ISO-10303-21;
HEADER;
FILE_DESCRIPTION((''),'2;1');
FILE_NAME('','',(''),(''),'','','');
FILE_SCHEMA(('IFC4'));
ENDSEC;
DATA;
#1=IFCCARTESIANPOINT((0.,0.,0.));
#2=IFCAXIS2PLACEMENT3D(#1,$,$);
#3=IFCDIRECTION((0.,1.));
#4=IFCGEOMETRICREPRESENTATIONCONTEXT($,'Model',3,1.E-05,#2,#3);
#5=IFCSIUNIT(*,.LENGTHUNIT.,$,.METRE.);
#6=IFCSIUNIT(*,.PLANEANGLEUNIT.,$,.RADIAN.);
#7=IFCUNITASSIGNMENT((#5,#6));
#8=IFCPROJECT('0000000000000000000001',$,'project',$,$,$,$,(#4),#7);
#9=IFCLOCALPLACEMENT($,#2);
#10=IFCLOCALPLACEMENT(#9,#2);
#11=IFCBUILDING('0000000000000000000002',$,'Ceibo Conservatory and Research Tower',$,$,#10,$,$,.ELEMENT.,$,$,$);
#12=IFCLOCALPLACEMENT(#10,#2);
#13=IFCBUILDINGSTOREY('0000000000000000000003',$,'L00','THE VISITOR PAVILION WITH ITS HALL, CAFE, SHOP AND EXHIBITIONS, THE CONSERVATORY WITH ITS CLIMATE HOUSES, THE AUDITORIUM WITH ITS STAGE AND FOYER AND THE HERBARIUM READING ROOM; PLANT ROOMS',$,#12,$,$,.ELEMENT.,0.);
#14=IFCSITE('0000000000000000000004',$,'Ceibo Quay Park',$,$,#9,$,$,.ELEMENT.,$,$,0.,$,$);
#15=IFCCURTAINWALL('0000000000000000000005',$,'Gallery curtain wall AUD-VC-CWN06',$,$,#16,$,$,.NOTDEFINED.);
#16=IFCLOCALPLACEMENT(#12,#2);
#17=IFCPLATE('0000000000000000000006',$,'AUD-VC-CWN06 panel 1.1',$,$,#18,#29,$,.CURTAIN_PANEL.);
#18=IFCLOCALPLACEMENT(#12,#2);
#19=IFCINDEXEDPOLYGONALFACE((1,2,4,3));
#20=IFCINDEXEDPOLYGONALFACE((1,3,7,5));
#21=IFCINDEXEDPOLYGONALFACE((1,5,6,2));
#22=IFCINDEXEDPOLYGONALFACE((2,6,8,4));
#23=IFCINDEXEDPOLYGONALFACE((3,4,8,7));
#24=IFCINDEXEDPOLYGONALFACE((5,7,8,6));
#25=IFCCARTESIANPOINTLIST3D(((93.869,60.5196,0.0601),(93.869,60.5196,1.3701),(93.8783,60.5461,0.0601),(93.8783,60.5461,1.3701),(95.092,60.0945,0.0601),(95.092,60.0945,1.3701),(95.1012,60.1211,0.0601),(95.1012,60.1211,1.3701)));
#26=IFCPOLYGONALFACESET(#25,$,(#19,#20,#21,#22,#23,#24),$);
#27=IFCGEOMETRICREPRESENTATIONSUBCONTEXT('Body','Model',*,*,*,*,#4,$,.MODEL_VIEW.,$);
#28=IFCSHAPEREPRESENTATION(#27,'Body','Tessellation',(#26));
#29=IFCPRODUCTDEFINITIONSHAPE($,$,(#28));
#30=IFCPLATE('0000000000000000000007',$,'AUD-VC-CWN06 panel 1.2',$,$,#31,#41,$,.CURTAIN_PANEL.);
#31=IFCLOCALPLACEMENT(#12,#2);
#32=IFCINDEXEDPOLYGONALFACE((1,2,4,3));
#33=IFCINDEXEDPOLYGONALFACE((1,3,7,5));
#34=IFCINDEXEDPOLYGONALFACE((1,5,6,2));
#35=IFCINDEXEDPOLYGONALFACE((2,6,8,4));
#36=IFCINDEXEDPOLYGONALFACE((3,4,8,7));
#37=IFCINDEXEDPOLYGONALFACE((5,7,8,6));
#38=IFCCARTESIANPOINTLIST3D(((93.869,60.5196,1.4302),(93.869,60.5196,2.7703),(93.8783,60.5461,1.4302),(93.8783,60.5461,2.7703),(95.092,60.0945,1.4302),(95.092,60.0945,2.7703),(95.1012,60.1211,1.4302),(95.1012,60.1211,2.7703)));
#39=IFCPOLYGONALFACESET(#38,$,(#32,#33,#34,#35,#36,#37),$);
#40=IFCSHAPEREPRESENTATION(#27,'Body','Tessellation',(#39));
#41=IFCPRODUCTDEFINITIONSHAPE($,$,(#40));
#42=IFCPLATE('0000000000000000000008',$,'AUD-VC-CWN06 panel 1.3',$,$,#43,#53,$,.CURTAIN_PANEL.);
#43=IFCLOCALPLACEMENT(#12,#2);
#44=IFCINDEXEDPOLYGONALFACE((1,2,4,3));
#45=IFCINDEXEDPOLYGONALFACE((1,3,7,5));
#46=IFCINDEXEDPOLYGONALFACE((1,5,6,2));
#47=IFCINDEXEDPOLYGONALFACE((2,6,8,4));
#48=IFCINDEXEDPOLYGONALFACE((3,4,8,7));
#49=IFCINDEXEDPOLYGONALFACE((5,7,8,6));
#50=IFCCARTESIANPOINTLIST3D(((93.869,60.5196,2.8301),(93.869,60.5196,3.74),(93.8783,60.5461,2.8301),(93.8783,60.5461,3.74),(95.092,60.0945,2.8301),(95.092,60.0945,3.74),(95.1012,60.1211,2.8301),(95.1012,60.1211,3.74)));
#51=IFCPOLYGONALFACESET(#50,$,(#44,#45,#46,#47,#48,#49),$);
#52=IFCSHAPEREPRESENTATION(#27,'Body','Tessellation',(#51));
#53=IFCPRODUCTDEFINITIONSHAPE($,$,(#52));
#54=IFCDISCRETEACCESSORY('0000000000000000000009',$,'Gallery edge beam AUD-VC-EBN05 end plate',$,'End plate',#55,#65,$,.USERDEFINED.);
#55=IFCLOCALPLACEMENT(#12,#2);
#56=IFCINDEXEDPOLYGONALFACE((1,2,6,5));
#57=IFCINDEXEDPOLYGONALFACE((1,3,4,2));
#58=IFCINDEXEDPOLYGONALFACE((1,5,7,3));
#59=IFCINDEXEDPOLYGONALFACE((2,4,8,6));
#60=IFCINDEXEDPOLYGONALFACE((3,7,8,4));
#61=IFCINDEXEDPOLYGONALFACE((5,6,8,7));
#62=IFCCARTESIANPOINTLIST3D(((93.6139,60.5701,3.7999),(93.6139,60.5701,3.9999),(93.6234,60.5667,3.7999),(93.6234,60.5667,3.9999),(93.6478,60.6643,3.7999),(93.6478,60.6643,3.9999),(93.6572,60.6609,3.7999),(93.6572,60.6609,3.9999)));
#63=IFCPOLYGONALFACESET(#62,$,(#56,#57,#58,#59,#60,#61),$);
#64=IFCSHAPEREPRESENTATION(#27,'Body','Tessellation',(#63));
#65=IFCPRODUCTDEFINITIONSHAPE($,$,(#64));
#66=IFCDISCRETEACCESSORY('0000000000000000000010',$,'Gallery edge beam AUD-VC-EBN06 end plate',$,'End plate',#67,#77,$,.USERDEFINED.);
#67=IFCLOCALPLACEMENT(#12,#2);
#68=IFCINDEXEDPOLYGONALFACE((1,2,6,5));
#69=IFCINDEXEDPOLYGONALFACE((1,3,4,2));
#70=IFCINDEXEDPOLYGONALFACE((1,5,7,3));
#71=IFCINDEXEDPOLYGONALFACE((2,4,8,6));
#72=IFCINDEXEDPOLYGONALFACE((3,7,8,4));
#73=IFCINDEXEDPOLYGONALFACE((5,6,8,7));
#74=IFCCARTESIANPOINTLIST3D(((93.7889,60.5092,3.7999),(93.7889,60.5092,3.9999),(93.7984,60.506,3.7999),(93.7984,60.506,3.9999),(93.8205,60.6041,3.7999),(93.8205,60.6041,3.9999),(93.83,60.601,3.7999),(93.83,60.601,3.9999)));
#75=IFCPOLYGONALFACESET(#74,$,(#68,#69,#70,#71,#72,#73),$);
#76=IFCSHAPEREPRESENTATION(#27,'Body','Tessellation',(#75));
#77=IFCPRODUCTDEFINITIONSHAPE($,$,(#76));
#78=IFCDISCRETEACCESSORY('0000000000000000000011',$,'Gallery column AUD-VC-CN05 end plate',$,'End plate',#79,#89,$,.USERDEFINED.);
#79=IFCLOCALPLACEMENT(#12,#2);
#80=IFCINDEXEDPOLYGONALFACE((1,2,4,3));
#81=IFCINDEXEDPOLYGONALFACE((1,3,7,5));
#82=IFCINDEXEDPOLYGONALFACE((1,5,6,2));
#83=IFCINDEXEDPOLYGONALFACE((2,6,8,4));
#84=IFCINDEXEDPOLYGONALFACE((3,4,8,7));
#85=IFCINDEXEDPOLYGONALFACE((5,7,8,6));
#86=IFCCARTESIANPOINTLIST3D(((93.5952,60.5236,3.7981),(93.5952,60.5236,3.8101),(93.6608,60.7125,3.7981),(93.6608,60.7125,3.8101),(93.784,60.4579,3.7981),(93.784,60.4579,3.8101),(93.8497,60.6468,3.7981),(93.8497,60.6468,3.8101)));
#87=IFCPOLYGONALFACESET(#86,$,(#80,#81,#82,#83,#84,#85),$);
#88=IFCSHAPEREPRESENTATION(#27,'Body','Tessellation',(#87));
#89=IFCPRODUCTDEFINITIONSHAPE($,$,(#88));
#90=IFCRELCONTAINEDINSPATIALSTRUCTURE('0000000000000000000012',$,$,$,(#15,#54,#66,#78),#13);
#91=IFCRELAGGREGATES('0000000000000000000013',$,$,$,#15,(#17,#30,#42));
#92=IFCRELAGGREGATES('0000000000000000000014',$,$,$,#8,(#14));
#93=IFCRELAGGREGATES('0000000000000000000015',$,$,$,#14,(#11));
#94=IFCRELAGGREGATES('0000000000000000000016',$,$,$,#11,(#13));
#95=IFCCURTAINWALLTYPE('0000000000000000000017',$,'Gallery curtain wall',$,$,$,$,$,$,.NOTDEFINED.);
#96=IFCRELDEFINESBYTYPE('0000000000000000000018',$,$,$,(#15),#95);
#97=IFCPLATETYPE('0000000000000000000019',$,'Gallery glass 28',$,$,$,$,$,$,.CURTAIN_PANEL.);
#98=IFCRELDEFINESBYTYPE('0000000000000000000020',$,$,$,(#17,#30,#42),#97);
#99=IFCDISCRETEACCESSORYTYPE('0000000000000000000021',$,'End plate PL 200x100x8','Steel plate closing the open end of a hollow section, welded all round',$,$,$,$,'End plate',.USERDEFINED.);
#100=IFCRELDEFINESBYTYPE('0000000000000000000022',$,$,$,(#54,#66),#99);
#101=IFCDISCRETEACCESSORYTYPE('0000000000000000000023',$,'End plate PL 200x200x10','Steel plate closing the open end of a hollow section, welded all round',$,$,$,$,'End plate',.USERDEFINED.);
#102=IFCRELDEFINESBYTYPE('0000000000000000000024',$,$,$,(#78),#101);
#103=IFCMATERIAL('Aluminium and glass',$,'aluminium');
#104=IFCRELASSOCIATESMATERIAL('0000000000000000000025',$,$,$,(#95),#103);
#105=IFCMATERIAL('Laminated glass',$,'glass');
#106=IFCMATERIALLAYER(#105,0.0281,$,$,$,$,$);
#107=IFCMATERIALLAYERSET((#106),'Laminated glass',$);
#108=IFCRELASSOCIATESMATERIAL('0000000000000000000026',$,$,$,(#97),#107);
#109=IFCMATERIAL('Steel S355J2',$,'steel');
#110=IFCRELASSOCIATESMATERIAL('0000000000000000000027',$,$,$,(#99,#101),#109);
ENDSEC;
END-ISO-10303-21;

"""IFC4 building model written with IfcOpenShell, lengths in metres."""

from ifc_helpers import new_model, si_unit, direction, frame, origin, origin_2d, place, context, subcontext, project, spatial, rectangle, extrude, material, layer, layer_set, material_profile, profile_set, type_object, element, aggregate, save


model = new_model("IFC4")

# Units and contexts
model_context = context("Model", 3, precision=1e-05, world=origin(), true_north=direction((0.0, 1.0)))
body_context = subcontext(model_context, "Body", "Model", "MODEL_VIEW")
ifc_project = project(units=[si_unit("LENGTHUNIT", "METRE"), si_unit("PLANEANGLEUNIT", "RADIAN")], contexts=[model_context])

# Site, building, storey
site_placement = place(None, origin())
site = spatial("IfcSite", under=ifc_project, at=site_placement, Name="Ceibo Quay Park", CompositionType="ELEMENT", RefElevation=0.0)
building_placement = place(site_placement, origin())
building = spatial("IfcBuilding", under=site, at=building_placement, Name="Ceibo Conservatory and Research Tower", CompositionType="ELEMENT")
storey_placement = place(building_placement, origin())
storey = spatial("IfcBuildingStorey", under=building, at=storey_placement, Name="L00", Description="THE VISITOR PAVILION WITH ITS HALL, CAFE, SHOP AND EXHIBITIONS, THE CONSERVATORY WITH ITS CLIMATE HOUSES, THE AUDITORIUM WITH ITS STAGE AND FOYER AND THE HERBARIUM READING ROOM; PLANT ROOMS", CompositionType="ELEMENT", Elevation=0.0)

# Curtain wall
ifc_material_1 = material(Name="Aluminium and glass", Category="aluminium")
curtain_wall_type = type_object("IfcCurtainWallType", Name="Gallery curtain wall", PredefinedType="NOTDEFINED", material=ifc_material_1)
curtain_wall_1_placement = place(storey_placement, origin())
curtain_wall_1 = element("IfcCurtainWall", 1, at=curtain_wall_1_placement, inside=storey, type_object=curtain_wall_type, Name="Gallery curtain wall AUD-VC-CWN06", PredefinedType="NOTDEFINED")

# Shared definitions
ifc_material_2 = material(Name="Steel S355J2", Category="steel")

# Plates
ifc_material_3 = material(Name="Laminated glass", Category="glass")
ifc_layer = layer(ifc_material_3, 0.0281)
ifc_layer_set = layer_set([ifc_layer], Name="Laminated glass")
plate_type = type_object("IfcPlateType", Name="Gallery glass 28", PredefinedType="CURTAIN_PANEL", material=ifc_layer_set)
plate_1_placement = place(storey_placement, frame((94.4851, 60.3203, 0.0601), z_axis=(0.0, 0.0, 1.0), x_axis=(0.944579, -0.328284, 0.0)))
plate_1 = element("IfcPlate", 2, at=plate_1_placement, type_object=plate_type, Name="AUD-VC-CWN06 panel 1.1", PredefinedType="CURTAIN_PANEL", context=body_context, shape_type="SweptSolid", body=[
    extrude(rectangle(XDim=1.2947, YDim=0.0281, at=origin_2d()), origin(), (0.0, 0.0, 1.0), 1.3101),
])
plate_2_placement = place(storey_placement, frame((94.4851, 60.3203, 1.4302), z_axis=(0.0, 0.0, 1.0), x_axis=(0.944579, -0.328284, 0.0)))
plate_2 = element("IfcPlate", 3, at=plate_2_placement, type_object=plate_type, Name="AUD-VC-CWN06 panel 1.2", PredefinedType="CURTAIN_PANEL", context=body_context, shape_type="SweptSolid", body=[
    extrude(rectangle(XDim=1.2947, YDim=0.0281, at=origin_2d()), origin(), (0.0, 0.0, 1.0), 1.3401),
])
plate_3_placement = place(storey_placement, frame((94.4851, 60.3203, 2.8301), z_axis=(0.0, 0.0, 1.0), x_axis=(0.944579, -0.328284, 0.0)))
plate_3 = element("IfcPlate", 4, at=plate_3_placement, type_object=plate_type, Name="AUD-VC-CWN06 panel 1.3", PredefinedType="CURTAIN_PANEL", context=body_context, shape_type="SweptSolid", body=[
    extrude(rectangle(XDim=1.2947, YDim=0.0281, at=origin_2d()), origin(), (0.0, 0.0, 1.0), 0.9099),
])
aggregate(curtain_wall_1, [plate_1, plate_2, plate_3])

# Discrete accessories
ifc_material_profile_1 = material_profile(ifc_material_2, rectangle(XDim=0.1001, YDim=0.2, at=origin_2d()), Name="End plate PL 200x100x8")
ifc_profile_set_1 = profile_set([ifc_material_profile_1], Name="Steel S355J2")
discrete_accessory_type_1 = type_object("IfcDiscreteAccessoryType", Name="End plate PL 200x100x8", Description="Steel plate closing the open end of a hollow section, welded all round", ElementType="End plate", PredefinedType="USERDEFINED", material=ifc_profile_set_1)
for number, where, z_axis, x_axis, name in (
    (5, (93.6309, 60.6172, 3.8999), (0.941195, -0.337865, 0.0), (0.337865, 0.941195, 0.0), "Gallery edge beam AUD-VC-EBN05 end plate"),
    (6, (93.8047, 60.5566, 3.8999), (0.948683, -0.316228, 0.0), (0.316228, 0.948683, 0.0), "Gallery edge beam AUD-VC-EBN06 end plate"),
):
    element("IfcDiscreteAccessory", number, at=place(storey_placement, frame(where, z_axis=z_axis, x_axis=x_axis)), inside=storey, type_object=discrete_accessory_type_1, Name=name, ObjectType="End plate", PredefinedType="USERDEFINED", context=body_context, shape_type="SweptSolid", body=[
        extrude(rectangle(XDim=0.1001, YDim=0.2, at=origin_2d()), origin(), (0.0, 0.0, 1.0), 0.01),
    ])
ifc_material_profile_2 = material_profile(ifc_material_2, rectangle(XDim=0.2, YDim=0.2, at=origin_2d()), Name="End plate PL 200x200x10")
ifc_profile_set_2 = profile_set([ifc_material_profile_2], Name="Steel S355J2")
discrete_accessory_type_2 = type_object("IfcDiscreteAccessoryType", Name="End plate PL 200x200x10", Description="Steel plate closing the open end of a hollow section, welded all round", ElementType="End plate", PredefinedType="USERDEFINED", material=ifc_profile_set_2)
discrete_accessory_placement = place(storey_placement, frame((93.7224, 60.5852, 3.7981), z_axis=(0.0, 0.0, 1.0), x_axis=(0.944579, -0.328284, 0.0)))
element("IfcDiscreteAccessory", 7, at=discrete_accessory_placement, inside=storey, type_object=discrete_accessory_type_2, Name="Gallery column AUD-VC-CN05 end plate", ObjectType="End plate", PredefinedType="USERDEFINED", context=body_context, shape_type="SweptSolid", body=[
    extrude(rectangle(XDim=0.2, YDim=0.2, at=origin_2d()), origin(), (0.0, 0.0, 1.0), 0.012),
])

save(model, "model.ifc")
